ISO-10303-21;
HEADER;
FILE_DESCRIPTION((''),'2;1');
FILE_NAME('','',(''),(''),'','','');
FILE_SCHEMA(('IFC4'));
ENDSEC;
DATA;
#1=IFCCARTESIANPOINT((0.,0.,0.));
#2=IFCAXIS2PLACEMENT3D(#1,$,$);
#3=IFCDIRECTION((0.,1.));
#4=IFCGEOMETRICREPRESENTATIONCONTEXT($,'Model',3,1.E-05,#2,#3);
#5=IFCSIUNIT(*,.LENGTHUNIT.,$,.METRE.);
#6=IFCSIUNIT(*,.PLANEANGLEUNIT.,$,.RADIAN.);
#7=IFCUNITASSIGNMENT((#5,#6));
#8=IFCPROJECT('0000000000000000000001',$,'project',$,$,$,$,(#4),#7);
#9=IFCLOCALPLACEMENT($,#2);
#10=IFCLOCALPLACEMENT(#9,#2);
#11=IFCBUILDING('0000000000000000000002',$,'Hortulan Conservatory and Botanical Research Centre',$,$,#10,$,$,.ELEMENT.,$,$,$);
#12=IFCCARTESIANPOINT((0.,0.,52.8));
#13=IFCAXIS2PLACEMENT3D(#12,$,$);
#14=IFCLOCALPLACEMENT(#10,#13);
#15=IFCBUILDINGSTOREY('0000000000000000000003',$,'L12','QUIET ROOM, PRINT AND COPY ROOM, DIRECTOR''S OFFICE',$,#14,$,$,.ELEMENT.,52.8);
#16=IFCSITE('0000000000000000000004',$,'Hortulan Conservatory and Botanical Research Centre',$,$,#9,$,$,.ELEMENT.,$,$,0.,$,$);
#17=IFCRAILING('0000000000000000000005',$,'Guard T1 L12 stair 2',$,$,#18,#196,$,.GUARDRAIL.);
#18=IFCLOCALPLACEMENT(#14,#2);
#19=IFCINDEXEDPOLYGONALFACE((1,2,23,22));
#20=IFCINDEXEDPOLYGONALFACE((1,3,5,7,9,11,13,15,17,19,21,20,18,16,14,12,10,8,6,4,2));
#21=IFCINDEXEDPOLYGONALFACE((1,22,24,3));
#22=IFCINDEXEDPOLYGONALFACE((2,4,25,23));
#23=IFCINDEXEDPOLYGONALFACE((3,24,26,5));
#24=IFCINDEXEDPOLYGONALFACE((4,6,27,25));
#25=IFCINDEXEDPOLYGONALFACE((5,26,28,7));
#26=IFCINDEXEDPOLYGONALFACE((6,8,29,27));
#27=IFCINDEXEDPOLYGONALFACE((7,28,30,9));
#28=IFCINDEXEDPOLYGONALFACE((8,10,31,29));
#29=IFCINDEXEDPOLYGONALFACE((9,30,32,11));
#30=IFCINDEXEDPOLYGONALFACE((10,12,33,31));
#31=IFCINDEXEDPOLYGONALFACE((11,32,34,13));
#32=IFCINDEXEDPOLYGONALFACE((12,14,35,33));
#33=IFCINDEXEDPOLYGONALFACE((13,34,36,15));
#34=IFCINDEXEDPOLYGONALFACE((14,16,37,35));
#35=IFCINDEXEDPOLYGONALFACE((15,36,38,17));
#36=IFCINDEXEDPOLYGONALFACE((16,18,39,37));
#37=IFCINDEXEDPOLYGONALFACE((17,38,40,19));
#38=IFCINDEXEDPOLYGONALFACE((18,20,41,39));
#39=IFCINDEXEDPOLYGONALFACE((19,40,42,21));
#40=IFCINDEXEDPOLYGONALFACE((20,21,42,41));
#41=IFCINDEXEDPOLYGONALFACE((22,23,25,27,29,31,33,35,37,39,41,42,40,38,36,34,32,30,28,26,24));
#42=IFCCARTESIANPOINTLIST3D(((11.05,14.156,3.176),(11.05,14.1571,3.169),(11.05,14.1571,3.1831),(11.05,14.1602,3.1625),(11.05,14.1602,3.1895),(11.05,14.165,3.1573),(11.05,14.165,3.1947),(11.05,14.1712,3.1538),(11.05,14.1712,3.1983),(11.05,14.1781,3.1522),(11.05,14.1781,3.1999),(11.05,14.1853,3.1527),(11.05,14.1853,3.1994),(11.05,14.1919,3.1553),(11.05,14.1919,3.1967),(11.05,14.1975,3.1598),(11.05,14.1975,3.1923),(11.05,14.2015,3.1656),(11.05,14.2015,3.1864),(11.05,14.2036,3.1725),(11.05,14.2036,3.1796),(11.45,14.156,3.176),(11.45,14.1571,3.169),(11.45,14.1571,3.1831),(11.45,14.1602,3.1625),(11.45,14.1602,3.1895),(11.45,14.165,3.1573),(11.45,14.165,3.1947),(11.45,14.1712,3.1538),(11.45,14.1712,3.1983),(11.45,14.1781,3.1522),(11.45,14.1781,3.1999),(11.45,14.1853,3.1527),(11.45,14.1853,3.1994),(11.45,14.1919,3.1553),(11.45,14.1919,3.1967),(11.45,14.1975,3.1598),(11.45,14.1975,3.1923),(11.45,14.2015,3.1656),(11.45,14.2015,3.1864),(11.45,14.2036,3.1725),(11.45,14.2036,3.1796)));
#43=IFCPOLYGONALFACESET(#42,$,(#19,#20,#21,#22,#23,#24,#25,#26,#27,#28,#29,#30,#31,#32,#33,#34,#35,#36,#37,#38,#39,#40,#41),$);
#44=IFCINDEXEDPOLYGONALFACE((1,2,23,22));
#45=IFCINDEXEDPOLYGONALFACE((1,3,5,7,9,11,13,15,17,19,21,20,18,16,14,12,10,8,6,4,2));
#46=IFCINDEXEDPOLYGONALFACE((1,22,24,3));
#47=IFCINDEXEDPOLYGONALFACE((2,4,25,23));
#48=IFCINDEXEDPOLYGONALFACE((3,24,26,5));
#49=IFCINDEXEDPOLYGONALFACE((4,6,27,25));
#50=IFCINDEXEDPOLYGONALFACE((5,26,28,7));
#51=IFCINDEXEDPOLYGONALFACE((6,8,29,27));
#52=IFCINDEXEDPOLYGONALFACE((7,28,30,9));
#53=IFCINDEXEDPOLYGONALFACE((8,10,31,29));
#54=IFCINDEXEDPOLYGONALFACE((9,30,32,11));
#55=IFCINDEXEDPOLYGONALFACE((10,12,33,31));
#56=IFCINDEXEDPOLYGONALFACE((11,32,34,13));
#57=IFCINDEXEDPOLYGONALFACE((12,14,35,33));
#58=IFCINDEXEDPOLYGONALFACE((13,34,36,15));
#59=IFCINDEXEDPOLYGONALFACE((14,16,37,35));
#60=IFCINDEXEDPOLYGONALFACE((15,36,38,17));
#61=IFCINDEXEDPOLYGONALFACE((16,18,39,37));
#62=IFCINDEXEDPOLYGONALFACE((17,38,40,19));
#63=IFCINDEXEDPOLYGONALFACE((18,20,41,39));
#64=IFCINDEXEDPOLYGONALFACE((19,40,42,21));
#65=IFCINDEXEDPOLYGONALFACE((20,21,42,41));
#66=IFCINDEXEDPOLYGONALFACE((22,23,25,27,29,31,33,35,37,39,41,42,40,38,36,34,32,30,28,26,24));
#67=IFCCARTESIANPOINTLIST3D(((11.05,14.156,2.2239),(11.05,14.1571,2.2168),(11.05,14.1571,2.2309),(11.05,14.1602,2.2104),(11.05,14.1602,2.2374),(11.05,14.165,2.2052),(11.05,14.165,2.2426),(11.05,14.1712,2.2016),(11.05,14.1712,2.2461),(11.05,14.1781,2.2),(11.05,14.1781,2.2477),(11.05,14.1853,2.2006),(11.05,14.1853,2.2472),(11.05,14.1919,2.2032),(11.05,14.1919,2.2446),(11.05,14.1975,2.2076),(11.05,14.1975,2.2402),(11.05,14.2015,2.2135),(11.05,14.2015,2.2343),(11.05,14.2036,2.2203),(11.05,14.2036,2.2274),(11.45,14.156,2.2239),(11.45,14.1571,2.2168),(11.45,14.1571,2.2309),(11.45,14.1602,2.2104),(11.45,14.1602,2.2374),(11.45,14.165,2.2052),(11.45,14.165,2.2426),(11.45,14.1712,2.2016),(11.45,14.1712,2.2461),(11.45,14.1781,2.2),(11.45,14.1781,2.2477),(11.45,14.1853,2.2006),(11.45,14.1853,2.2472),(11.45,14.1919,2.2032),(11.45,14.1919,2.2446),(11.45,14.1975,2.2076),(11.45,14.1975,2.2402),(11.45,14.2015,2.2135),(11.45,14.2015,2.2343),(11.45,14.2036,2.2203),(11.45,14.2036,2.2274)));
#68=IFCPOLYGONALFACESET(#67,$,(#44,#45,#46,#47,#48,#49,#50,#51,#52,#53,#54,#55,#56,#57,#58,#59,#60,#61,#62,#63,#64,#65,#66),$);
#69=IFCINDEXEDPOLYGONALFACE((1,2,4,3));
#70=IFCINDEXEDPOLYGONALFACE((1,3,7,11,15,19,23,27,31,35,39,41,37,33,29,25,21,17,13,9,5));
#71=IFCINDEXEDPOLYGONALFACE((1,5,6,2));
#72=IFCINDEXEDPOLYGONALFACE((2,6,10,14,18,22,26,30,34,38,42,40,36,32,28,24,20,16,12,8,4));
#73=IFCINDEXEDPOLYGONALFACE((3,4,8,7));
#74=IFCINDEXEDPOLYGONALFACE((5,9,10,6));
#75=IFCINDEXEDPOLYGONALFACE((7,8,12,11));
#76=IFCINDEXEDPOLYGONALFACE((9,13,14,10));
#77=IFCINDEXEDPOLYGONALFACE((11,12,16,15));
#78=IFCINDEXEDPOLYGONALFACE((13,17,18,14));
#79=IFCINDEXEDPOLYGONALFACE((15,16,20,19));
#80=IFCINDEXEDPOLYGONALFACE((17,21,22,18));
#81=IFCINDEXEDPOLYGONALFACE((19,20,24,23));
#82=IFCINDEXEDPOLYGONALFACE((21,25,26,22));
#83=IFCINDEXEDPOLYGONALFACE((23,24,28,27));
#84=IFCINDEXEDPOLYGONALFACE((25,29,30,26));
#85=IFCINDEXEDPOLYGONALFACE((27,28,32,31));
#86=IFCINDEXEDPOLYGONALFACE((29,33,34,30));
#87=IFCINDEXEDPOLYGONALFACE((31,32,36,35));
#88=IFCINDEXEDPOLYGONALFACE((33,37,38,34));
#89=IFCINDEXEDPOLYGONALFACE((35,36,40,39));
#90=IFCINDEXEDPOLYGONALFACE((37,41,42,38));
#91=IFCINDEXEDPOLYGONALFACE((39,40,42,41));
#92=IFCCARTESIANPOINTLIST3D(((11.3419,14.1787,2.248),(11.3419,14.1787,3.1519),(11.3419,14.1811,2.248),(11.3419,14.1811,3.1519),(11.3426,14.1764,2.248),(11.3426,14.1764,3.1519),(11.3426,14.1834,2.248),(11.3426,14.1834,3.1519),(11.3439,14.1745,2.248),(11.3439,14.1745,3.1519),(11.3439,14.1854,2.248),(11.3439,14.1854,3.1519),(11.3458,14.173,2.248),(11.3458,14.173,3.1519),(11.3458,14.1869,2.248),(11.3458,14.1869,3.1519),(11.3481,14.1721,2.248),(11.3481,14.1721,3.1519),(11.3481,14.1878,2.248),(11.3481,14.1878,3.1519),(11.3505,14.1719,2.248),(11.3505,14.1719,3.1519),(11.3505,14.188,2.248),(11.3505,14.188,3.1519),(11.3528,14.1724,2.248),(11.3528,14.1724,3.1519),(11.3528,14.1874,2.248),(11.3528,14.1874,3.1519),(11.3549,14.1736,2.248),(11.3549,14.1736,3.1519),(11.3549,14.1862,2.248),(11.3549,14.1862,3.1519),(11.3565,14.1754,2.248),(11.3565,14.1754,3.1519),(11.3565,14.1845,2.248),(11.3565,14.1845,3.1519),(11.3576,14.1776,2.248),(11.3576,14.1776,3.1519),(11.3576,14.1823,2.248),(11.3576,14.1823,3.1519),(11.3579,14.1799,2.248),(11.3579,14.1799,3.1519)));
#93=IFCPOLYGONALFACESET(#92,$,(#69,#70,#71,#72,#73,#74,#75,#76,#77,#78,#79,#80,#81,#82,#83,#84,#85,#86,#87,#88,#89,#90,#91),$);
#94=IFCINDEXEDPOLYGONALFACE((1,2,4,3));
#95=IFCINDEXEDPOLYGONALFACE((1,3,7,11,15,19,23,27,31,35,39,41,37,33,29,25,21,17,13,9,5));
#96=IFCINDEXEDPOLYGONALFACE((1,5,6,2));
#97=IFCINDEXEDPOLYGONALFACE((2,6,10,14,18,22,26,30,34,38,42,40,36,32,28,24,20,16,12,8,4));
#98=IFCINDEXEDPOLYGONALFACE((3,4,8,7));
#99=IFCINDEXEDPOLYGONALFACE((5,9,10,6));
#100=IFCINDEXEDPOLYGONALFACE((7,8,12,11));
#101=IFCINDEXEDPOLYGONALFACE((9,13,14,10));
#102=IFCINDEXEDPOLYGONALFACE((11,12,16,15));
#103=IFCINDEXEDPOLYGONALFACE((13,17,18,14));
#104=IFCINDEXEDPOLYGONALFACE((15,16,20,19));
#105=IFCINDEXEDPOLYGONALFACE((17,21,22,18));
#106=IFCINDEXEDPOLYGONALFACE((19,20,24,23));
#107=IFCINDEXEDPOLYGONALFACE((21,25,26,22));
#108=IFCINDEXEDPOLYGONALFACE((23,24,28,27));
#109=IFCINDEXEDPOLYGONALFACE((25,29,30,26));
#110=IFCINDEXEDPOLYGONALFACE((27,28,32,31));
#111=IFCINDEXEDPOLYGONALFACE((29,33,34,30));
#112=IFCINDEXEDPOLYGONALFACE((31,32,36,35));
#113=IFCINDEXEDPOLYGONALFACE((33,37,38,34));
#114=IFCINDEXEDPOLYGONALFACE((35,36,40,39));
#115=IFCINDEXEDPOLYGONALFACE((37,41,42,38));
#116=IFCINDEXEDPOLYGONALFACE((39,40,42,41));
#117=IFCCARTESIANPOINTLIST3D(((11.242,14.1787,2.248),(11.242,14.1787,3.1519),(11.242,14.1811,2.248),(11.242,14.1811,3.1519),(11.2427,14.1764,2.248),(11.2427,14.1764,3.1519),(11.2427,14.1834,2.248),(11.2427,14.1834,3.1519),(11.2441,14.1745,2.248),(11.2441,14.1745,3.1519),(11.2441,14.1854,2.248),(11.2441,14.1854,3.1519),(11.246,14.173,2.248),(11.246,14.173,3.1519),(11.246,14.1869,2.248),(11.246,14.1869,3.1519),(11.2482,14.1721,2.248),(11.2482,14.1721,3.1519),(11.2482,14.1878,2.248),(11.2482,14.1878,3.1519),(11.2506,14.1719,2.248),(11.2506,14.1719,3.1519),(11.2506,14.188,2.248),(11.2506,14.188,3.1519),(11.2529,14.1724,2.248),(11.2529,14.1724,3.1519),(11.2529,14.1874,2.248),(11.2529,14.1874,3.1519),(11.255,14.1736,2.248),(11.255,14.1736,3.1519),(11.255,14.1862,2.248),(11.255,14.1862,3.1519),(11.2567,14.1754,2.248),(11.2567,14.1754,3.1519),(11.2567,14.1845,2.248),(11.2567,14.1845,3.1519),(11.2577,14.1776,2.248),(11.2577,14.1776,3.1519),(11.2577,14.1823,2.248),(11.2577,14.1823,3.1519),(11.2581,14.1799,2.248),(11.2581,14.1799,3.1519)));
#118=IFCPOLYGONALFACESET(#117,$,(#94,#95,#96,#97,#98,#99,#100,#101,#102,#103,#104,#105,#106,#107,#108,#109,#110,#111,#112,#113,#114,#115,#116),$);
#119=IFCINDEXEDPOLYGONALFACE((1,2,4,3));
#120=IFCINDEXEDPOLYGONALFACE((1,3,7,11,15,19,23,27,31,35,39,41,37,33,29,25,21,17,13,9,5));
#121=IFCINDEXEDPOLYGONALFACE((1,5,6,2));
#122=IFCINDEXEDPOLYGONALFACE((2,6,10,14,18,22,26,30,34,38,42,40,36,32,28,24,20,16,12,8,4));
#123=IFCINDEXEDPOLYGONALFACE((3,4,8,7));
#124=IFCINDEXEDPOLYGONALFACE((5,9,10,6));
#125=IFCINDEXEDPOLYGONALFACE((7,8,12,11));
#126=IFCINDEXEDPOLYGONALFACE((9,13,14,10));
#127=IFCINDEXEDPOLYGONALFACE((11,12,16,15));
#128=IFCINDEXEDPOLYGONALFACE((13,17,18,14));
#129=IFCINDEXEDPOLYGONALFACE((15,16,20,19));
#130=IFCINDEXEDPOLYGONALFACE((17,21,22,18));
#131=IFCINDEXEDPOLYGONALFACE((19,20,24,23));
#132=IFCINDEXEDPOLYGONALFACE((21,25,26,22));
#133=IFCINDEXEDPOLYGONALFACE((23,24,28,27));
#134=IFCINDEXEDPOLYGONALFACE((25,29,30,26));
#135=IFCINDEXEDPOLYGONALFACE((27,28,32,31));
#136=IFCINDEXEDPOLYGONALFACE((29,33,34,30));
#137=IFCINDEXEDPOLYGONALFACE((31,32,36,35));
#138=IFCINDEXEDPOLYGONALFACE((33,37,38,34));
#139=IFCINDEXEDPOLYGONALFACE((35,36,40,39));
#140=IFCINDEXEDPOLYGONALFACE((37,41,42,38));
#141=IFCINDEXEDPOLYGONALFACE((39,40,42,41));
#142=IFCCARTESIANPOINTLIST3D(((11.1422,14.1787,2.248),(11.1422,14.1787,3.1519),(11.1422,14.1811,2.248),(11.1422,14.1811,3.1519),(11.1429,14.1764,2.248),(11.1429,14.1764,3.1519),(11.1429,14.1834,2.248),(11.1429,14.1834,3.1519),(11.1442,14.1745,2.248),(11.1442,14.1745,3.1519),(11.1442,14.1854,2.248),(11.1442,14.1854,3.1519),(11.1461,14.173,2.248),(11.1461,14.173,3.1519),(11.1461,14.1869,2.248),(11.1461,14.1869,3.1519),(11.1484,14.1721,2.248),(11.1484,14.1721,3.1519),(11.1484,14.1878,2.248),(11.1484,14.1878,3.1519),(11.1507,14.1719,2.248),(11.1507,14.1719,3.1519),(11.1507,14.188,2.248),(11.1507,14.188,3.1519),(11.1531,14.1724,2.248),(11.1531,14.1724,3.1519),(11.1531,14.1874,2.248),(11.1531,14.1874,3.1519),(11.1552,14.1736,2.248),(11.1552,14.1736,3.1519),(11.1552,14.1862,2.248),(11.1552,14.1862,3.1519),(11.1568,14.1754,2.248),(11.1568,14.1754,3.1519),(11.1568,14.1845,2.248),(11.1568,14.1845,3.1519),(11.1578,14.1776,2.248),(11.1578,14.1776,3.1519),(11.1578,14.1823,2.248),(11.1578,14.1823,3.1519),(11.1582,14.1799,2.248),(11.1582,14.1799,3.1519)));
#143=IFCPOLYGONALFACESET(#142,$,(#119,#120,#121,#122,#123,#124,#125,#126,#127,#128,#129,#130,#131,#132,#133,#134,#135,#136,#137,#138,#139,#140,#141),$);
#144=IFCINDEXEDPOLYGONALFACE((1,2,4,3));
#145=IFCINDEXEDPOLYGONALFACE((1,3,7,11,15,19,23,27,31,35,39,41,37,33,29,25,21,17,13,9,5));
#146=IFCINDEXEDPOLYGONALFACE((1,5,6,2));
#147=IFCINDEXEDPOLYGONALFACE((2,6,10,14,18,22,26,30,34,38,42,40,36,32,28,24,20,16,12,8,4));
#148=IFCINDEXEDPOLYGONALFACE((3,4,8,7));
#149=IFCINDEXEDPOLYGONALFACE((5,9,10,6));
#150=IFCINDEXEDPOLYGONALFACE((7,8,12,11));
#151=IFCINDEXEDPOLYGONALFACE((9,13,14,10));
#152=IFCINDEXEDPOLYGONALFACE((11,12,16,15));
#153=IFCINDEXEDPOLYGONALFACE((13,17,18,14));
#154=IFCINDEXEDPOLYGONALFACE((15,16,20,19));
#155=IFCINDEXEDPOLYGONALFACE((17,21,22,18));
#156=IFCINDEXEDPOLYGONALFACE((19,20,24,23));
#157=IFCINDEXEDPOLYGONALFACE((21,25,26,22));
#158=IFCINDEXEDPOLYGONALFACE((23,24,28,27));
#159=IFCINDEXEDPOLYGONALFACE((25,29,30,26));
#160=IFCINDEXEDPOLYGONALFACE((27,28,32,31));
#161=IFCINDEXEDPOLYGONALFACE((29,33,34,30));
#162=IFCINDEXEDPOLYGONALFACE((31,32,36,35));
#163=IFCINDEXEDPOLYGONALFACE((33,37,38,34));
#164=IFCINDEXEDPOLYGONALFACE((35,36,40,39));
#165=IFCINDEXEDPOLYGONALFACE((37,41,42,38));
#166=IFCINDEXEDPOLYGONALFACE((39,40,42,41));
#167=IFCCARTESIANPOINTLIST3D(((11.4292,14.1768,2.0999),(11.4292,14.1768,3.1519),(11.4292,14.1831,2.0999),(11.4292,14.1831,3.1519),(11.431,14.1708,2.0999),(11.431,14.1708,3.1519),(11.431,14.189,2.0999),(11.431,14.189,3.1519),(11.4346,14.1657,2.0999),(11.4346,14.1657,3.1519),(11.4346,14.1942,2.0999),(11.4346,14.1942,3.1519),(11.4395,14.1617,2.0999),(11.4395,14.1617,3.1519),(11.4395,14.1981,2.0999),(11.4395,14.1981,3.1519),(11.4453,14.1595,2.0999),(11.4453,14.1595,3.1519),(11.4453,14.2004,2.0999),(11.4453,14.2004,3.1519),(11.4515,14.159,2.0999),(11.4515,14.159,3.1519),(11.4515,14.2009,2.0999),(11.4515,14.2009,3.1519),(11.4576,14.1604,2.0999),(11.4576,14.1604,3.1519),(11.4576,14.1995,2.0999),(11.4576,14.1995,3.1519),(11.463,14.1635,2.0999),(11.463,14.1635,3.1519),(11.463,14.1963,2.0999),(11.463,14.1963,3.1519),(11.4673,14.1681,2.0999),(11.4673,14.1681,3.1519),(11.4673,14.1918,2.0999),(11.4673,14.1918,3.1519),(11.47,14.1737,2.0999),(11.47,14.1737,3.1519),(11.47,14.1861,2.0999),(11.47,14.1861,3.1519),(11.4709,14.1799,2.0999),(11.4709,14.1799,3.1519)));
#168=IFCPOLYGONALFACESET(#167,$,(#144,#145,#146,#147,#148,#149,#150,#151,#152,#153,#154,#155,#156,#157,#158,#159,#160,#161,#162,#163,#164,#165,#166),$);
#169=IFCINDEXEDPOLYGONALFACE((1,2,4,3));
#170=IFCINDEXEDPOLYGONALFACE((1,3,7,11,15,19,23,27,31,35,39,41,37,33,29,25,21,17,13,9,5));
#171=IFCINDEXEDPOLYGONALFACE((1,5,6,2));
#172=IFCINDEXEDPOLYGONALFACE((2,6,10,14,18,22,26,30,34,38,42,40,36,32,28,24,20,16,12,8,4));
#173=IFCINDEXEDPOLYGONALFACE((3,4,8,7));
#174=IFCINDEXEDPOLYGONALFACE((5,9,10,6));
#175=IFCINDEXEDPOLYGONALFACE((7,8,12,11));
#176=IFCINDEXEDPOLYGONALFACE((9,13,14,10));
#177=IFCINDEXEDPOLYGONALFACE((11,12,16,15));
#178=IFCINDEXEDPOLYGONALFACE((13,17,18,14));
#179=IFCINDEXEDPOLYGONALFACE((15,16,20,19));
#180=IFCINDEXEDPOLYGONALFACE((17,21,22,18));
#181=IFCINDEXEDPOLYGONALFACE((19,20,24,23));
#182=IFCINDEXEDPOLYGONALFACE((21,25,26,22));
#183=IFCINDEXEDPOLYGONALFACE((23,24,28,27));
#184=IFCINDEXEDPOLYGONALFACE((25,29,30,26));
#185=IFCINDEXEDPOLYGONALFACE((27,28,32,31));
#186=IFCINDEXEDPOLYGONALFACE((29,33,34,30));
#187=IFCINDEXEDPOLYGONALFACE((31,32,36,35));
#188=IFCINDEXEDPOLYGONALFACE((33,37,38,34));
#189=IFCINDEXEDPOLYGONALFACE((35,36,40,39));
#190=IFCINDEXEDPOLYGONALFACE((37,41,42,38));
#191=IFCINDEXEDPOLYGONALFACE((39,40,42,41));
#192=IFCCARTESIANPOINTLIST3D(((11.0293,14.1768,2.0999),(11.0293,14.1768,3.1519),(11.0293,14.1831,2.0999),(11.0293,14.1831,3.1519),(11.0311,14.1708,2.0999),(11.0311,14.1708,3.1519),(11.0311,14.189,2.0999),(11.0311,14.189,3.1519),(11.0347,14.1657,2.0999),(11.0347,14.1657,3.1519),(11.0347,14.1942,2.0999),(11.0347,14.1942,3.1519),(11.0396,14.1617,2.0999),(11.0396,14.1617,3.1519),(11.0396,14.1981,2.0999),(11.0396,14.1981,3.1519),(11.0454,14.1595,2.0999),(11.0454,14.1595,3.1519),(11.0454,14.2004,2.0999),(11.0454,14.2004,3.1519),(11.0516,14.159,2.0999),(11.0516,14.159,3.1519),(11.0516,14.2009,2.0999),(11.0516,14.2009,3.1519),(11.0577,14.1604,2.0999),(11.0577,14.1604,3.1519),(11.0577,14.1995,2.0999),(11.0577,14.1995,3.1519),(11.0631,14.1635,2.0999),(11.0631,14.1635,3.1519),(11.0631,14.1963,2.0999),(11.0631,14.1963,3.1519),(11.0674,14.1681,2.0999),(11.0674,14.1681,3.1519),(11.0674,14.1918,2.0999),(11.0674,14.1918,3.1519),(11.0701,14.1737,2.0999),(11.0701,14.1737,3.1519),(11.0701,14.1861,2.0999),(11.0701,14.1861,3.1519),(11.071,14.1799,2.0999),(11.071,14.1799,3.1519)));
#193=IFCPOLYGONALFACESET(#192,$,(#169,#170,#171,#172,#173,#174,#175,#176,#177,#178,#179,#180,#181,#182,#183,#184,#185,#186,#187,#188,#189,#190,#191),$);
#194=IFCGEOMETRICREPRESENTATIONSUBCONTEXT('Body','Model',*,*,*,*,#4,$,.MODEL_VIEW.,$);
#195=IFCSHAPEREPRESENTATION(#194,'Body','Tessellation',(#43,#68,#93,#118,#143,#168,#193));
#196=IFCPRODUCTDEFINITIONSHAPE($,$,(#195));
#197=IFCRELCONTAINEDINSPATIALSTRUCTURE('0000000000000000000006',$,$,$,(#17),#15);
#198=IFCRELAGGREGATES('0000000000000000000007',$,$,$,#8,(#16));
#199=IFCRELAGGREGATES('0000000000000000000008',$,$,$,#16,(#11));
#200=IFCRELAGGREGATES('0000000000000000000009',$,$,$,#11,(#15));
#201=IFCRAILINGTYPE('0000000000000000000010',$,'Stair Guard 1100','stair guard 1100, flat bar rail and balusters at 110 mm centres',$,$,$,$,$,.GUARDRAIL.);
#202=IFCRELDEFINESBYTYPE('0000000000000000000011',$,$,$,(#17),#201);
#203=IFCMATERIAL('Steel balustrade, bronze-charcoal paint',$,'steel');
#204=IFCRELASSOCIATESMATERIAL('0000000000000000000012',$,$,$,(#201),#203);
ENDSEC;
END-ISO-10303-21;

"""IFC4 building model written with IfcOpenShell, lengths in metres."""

from ifc_helpers import new_model, si_unit, direction, frame, origin, origin_2d, place, context, subcontext, project, spatial, circle, extrude, material, type_object, element, save


model = new_model("IFC4")

# Units and contexts
model_context = context("Model", 3, precision=1e-05, world=origin(), true_north=direction((0.0, 1.0)))
body_context = subcontext(model_context, "Body", "Model", "MODEL_VIEW")
ifc_project = project(units=[si_unit("LENGTHUNIT", "METRE"), si_unit("PLANEANGLEUNIT", "RADIAN")], contexts=[model_context])

# Site, building, storey
site_placement = place(None, origin())
site = spatial("IfcSite", under=ifc_project, at=site_placement, Name="Hortulan Conservatory and Botanical Research Centre", CompositionType="ELEMENT", RefElevation=0.0)
building_placement = place(site_placement, origin())
building = spatial("IfcBuilding", under=site, at=building_placement, Name="Hortulan Conservatory and Botanical Research Centre", CompositionType="ELEMENT")
storey_placement = place(building_placement, frame((0.0, 0.0, 52.8)))
storey = spatial("IfcBuildingStorey", under=building, at=storey_placement, Name="L12", Description="QUIET ROOM, PRINT AND COPY ROOM, DIRECTOR'S OFFICE", CompositionType="ELEMENT", Elevation=52.8)

# Railing
ifc_material_1 = material(Name="Steel balustrade, bronze-charcoal paint", Category="steel")
railing_type_1 = type_object("IfcRailingType", Name="Stair Guard 1100", Description="stair guard 1100, flat bar rail and balusters at 110 mm centres", PredefinedType="GUARDRAIL", material=ifc_material_1)
railing_1_placement = place(storey_placement, frame((11.45, 14.1799, 2.0999)))
element("IfcRailing", 1, at=railing_1_placement, inside=storey, type_object=railing_type_1, Name="Guard T1 L12 stair 2", PredefinedType="GUARDRAIL", context=body_context, shape_type="SweptSolid", body=[
    extrude(circle(Radius=0.0239, at=origin_2d()), frame((0.0, 0.0, 1.0762), z_axis=(-1.0, 0.0, 0.0), x_axis=(0.0, -1.0, 0.0)), (0.0, 0.0, 1.0), 0.3999),
    extrude(circle(Radius=0.0239, at=origin_2d()), frame((0.0, 0.0, 0.124), z_axis=(-1.0, 0.0, 0.0), x_axis=(0.0, -1.0, 0.0)), (0.0, 0.0, 1.0), 0.3999),
    extrude(circle(Radius=0.0081, at=origin_2d()), frame((-0.1001, 0.0, 0.1482)), (0.0, 0.0, 1.0), 0.9038),
    extrude(circle(Radius=0.0081, at=origin_2d()), frame((-0.2, 0.0, 0.1482)), (0.0, 0.0, 1.0), 0.9038),
    extrude(circle(Radius=0.0081, at=origin_2d()), frame((-0.2998, 0.0, 0.1482)), (0.0, 0.0, 1.0), 0.9038),
    extrude(circle(Radius=0.021, at=origin_2d()), origin(), (0.0, 0.0, 1.0), 1.052),
    extrude(circle(Radius=0.021, at=origin_2d()), frame((-0.3999, 0.0, 0.0)), (0.0, 0.0, 1.0), 1.052),
])

save(model, "model.ifc")
